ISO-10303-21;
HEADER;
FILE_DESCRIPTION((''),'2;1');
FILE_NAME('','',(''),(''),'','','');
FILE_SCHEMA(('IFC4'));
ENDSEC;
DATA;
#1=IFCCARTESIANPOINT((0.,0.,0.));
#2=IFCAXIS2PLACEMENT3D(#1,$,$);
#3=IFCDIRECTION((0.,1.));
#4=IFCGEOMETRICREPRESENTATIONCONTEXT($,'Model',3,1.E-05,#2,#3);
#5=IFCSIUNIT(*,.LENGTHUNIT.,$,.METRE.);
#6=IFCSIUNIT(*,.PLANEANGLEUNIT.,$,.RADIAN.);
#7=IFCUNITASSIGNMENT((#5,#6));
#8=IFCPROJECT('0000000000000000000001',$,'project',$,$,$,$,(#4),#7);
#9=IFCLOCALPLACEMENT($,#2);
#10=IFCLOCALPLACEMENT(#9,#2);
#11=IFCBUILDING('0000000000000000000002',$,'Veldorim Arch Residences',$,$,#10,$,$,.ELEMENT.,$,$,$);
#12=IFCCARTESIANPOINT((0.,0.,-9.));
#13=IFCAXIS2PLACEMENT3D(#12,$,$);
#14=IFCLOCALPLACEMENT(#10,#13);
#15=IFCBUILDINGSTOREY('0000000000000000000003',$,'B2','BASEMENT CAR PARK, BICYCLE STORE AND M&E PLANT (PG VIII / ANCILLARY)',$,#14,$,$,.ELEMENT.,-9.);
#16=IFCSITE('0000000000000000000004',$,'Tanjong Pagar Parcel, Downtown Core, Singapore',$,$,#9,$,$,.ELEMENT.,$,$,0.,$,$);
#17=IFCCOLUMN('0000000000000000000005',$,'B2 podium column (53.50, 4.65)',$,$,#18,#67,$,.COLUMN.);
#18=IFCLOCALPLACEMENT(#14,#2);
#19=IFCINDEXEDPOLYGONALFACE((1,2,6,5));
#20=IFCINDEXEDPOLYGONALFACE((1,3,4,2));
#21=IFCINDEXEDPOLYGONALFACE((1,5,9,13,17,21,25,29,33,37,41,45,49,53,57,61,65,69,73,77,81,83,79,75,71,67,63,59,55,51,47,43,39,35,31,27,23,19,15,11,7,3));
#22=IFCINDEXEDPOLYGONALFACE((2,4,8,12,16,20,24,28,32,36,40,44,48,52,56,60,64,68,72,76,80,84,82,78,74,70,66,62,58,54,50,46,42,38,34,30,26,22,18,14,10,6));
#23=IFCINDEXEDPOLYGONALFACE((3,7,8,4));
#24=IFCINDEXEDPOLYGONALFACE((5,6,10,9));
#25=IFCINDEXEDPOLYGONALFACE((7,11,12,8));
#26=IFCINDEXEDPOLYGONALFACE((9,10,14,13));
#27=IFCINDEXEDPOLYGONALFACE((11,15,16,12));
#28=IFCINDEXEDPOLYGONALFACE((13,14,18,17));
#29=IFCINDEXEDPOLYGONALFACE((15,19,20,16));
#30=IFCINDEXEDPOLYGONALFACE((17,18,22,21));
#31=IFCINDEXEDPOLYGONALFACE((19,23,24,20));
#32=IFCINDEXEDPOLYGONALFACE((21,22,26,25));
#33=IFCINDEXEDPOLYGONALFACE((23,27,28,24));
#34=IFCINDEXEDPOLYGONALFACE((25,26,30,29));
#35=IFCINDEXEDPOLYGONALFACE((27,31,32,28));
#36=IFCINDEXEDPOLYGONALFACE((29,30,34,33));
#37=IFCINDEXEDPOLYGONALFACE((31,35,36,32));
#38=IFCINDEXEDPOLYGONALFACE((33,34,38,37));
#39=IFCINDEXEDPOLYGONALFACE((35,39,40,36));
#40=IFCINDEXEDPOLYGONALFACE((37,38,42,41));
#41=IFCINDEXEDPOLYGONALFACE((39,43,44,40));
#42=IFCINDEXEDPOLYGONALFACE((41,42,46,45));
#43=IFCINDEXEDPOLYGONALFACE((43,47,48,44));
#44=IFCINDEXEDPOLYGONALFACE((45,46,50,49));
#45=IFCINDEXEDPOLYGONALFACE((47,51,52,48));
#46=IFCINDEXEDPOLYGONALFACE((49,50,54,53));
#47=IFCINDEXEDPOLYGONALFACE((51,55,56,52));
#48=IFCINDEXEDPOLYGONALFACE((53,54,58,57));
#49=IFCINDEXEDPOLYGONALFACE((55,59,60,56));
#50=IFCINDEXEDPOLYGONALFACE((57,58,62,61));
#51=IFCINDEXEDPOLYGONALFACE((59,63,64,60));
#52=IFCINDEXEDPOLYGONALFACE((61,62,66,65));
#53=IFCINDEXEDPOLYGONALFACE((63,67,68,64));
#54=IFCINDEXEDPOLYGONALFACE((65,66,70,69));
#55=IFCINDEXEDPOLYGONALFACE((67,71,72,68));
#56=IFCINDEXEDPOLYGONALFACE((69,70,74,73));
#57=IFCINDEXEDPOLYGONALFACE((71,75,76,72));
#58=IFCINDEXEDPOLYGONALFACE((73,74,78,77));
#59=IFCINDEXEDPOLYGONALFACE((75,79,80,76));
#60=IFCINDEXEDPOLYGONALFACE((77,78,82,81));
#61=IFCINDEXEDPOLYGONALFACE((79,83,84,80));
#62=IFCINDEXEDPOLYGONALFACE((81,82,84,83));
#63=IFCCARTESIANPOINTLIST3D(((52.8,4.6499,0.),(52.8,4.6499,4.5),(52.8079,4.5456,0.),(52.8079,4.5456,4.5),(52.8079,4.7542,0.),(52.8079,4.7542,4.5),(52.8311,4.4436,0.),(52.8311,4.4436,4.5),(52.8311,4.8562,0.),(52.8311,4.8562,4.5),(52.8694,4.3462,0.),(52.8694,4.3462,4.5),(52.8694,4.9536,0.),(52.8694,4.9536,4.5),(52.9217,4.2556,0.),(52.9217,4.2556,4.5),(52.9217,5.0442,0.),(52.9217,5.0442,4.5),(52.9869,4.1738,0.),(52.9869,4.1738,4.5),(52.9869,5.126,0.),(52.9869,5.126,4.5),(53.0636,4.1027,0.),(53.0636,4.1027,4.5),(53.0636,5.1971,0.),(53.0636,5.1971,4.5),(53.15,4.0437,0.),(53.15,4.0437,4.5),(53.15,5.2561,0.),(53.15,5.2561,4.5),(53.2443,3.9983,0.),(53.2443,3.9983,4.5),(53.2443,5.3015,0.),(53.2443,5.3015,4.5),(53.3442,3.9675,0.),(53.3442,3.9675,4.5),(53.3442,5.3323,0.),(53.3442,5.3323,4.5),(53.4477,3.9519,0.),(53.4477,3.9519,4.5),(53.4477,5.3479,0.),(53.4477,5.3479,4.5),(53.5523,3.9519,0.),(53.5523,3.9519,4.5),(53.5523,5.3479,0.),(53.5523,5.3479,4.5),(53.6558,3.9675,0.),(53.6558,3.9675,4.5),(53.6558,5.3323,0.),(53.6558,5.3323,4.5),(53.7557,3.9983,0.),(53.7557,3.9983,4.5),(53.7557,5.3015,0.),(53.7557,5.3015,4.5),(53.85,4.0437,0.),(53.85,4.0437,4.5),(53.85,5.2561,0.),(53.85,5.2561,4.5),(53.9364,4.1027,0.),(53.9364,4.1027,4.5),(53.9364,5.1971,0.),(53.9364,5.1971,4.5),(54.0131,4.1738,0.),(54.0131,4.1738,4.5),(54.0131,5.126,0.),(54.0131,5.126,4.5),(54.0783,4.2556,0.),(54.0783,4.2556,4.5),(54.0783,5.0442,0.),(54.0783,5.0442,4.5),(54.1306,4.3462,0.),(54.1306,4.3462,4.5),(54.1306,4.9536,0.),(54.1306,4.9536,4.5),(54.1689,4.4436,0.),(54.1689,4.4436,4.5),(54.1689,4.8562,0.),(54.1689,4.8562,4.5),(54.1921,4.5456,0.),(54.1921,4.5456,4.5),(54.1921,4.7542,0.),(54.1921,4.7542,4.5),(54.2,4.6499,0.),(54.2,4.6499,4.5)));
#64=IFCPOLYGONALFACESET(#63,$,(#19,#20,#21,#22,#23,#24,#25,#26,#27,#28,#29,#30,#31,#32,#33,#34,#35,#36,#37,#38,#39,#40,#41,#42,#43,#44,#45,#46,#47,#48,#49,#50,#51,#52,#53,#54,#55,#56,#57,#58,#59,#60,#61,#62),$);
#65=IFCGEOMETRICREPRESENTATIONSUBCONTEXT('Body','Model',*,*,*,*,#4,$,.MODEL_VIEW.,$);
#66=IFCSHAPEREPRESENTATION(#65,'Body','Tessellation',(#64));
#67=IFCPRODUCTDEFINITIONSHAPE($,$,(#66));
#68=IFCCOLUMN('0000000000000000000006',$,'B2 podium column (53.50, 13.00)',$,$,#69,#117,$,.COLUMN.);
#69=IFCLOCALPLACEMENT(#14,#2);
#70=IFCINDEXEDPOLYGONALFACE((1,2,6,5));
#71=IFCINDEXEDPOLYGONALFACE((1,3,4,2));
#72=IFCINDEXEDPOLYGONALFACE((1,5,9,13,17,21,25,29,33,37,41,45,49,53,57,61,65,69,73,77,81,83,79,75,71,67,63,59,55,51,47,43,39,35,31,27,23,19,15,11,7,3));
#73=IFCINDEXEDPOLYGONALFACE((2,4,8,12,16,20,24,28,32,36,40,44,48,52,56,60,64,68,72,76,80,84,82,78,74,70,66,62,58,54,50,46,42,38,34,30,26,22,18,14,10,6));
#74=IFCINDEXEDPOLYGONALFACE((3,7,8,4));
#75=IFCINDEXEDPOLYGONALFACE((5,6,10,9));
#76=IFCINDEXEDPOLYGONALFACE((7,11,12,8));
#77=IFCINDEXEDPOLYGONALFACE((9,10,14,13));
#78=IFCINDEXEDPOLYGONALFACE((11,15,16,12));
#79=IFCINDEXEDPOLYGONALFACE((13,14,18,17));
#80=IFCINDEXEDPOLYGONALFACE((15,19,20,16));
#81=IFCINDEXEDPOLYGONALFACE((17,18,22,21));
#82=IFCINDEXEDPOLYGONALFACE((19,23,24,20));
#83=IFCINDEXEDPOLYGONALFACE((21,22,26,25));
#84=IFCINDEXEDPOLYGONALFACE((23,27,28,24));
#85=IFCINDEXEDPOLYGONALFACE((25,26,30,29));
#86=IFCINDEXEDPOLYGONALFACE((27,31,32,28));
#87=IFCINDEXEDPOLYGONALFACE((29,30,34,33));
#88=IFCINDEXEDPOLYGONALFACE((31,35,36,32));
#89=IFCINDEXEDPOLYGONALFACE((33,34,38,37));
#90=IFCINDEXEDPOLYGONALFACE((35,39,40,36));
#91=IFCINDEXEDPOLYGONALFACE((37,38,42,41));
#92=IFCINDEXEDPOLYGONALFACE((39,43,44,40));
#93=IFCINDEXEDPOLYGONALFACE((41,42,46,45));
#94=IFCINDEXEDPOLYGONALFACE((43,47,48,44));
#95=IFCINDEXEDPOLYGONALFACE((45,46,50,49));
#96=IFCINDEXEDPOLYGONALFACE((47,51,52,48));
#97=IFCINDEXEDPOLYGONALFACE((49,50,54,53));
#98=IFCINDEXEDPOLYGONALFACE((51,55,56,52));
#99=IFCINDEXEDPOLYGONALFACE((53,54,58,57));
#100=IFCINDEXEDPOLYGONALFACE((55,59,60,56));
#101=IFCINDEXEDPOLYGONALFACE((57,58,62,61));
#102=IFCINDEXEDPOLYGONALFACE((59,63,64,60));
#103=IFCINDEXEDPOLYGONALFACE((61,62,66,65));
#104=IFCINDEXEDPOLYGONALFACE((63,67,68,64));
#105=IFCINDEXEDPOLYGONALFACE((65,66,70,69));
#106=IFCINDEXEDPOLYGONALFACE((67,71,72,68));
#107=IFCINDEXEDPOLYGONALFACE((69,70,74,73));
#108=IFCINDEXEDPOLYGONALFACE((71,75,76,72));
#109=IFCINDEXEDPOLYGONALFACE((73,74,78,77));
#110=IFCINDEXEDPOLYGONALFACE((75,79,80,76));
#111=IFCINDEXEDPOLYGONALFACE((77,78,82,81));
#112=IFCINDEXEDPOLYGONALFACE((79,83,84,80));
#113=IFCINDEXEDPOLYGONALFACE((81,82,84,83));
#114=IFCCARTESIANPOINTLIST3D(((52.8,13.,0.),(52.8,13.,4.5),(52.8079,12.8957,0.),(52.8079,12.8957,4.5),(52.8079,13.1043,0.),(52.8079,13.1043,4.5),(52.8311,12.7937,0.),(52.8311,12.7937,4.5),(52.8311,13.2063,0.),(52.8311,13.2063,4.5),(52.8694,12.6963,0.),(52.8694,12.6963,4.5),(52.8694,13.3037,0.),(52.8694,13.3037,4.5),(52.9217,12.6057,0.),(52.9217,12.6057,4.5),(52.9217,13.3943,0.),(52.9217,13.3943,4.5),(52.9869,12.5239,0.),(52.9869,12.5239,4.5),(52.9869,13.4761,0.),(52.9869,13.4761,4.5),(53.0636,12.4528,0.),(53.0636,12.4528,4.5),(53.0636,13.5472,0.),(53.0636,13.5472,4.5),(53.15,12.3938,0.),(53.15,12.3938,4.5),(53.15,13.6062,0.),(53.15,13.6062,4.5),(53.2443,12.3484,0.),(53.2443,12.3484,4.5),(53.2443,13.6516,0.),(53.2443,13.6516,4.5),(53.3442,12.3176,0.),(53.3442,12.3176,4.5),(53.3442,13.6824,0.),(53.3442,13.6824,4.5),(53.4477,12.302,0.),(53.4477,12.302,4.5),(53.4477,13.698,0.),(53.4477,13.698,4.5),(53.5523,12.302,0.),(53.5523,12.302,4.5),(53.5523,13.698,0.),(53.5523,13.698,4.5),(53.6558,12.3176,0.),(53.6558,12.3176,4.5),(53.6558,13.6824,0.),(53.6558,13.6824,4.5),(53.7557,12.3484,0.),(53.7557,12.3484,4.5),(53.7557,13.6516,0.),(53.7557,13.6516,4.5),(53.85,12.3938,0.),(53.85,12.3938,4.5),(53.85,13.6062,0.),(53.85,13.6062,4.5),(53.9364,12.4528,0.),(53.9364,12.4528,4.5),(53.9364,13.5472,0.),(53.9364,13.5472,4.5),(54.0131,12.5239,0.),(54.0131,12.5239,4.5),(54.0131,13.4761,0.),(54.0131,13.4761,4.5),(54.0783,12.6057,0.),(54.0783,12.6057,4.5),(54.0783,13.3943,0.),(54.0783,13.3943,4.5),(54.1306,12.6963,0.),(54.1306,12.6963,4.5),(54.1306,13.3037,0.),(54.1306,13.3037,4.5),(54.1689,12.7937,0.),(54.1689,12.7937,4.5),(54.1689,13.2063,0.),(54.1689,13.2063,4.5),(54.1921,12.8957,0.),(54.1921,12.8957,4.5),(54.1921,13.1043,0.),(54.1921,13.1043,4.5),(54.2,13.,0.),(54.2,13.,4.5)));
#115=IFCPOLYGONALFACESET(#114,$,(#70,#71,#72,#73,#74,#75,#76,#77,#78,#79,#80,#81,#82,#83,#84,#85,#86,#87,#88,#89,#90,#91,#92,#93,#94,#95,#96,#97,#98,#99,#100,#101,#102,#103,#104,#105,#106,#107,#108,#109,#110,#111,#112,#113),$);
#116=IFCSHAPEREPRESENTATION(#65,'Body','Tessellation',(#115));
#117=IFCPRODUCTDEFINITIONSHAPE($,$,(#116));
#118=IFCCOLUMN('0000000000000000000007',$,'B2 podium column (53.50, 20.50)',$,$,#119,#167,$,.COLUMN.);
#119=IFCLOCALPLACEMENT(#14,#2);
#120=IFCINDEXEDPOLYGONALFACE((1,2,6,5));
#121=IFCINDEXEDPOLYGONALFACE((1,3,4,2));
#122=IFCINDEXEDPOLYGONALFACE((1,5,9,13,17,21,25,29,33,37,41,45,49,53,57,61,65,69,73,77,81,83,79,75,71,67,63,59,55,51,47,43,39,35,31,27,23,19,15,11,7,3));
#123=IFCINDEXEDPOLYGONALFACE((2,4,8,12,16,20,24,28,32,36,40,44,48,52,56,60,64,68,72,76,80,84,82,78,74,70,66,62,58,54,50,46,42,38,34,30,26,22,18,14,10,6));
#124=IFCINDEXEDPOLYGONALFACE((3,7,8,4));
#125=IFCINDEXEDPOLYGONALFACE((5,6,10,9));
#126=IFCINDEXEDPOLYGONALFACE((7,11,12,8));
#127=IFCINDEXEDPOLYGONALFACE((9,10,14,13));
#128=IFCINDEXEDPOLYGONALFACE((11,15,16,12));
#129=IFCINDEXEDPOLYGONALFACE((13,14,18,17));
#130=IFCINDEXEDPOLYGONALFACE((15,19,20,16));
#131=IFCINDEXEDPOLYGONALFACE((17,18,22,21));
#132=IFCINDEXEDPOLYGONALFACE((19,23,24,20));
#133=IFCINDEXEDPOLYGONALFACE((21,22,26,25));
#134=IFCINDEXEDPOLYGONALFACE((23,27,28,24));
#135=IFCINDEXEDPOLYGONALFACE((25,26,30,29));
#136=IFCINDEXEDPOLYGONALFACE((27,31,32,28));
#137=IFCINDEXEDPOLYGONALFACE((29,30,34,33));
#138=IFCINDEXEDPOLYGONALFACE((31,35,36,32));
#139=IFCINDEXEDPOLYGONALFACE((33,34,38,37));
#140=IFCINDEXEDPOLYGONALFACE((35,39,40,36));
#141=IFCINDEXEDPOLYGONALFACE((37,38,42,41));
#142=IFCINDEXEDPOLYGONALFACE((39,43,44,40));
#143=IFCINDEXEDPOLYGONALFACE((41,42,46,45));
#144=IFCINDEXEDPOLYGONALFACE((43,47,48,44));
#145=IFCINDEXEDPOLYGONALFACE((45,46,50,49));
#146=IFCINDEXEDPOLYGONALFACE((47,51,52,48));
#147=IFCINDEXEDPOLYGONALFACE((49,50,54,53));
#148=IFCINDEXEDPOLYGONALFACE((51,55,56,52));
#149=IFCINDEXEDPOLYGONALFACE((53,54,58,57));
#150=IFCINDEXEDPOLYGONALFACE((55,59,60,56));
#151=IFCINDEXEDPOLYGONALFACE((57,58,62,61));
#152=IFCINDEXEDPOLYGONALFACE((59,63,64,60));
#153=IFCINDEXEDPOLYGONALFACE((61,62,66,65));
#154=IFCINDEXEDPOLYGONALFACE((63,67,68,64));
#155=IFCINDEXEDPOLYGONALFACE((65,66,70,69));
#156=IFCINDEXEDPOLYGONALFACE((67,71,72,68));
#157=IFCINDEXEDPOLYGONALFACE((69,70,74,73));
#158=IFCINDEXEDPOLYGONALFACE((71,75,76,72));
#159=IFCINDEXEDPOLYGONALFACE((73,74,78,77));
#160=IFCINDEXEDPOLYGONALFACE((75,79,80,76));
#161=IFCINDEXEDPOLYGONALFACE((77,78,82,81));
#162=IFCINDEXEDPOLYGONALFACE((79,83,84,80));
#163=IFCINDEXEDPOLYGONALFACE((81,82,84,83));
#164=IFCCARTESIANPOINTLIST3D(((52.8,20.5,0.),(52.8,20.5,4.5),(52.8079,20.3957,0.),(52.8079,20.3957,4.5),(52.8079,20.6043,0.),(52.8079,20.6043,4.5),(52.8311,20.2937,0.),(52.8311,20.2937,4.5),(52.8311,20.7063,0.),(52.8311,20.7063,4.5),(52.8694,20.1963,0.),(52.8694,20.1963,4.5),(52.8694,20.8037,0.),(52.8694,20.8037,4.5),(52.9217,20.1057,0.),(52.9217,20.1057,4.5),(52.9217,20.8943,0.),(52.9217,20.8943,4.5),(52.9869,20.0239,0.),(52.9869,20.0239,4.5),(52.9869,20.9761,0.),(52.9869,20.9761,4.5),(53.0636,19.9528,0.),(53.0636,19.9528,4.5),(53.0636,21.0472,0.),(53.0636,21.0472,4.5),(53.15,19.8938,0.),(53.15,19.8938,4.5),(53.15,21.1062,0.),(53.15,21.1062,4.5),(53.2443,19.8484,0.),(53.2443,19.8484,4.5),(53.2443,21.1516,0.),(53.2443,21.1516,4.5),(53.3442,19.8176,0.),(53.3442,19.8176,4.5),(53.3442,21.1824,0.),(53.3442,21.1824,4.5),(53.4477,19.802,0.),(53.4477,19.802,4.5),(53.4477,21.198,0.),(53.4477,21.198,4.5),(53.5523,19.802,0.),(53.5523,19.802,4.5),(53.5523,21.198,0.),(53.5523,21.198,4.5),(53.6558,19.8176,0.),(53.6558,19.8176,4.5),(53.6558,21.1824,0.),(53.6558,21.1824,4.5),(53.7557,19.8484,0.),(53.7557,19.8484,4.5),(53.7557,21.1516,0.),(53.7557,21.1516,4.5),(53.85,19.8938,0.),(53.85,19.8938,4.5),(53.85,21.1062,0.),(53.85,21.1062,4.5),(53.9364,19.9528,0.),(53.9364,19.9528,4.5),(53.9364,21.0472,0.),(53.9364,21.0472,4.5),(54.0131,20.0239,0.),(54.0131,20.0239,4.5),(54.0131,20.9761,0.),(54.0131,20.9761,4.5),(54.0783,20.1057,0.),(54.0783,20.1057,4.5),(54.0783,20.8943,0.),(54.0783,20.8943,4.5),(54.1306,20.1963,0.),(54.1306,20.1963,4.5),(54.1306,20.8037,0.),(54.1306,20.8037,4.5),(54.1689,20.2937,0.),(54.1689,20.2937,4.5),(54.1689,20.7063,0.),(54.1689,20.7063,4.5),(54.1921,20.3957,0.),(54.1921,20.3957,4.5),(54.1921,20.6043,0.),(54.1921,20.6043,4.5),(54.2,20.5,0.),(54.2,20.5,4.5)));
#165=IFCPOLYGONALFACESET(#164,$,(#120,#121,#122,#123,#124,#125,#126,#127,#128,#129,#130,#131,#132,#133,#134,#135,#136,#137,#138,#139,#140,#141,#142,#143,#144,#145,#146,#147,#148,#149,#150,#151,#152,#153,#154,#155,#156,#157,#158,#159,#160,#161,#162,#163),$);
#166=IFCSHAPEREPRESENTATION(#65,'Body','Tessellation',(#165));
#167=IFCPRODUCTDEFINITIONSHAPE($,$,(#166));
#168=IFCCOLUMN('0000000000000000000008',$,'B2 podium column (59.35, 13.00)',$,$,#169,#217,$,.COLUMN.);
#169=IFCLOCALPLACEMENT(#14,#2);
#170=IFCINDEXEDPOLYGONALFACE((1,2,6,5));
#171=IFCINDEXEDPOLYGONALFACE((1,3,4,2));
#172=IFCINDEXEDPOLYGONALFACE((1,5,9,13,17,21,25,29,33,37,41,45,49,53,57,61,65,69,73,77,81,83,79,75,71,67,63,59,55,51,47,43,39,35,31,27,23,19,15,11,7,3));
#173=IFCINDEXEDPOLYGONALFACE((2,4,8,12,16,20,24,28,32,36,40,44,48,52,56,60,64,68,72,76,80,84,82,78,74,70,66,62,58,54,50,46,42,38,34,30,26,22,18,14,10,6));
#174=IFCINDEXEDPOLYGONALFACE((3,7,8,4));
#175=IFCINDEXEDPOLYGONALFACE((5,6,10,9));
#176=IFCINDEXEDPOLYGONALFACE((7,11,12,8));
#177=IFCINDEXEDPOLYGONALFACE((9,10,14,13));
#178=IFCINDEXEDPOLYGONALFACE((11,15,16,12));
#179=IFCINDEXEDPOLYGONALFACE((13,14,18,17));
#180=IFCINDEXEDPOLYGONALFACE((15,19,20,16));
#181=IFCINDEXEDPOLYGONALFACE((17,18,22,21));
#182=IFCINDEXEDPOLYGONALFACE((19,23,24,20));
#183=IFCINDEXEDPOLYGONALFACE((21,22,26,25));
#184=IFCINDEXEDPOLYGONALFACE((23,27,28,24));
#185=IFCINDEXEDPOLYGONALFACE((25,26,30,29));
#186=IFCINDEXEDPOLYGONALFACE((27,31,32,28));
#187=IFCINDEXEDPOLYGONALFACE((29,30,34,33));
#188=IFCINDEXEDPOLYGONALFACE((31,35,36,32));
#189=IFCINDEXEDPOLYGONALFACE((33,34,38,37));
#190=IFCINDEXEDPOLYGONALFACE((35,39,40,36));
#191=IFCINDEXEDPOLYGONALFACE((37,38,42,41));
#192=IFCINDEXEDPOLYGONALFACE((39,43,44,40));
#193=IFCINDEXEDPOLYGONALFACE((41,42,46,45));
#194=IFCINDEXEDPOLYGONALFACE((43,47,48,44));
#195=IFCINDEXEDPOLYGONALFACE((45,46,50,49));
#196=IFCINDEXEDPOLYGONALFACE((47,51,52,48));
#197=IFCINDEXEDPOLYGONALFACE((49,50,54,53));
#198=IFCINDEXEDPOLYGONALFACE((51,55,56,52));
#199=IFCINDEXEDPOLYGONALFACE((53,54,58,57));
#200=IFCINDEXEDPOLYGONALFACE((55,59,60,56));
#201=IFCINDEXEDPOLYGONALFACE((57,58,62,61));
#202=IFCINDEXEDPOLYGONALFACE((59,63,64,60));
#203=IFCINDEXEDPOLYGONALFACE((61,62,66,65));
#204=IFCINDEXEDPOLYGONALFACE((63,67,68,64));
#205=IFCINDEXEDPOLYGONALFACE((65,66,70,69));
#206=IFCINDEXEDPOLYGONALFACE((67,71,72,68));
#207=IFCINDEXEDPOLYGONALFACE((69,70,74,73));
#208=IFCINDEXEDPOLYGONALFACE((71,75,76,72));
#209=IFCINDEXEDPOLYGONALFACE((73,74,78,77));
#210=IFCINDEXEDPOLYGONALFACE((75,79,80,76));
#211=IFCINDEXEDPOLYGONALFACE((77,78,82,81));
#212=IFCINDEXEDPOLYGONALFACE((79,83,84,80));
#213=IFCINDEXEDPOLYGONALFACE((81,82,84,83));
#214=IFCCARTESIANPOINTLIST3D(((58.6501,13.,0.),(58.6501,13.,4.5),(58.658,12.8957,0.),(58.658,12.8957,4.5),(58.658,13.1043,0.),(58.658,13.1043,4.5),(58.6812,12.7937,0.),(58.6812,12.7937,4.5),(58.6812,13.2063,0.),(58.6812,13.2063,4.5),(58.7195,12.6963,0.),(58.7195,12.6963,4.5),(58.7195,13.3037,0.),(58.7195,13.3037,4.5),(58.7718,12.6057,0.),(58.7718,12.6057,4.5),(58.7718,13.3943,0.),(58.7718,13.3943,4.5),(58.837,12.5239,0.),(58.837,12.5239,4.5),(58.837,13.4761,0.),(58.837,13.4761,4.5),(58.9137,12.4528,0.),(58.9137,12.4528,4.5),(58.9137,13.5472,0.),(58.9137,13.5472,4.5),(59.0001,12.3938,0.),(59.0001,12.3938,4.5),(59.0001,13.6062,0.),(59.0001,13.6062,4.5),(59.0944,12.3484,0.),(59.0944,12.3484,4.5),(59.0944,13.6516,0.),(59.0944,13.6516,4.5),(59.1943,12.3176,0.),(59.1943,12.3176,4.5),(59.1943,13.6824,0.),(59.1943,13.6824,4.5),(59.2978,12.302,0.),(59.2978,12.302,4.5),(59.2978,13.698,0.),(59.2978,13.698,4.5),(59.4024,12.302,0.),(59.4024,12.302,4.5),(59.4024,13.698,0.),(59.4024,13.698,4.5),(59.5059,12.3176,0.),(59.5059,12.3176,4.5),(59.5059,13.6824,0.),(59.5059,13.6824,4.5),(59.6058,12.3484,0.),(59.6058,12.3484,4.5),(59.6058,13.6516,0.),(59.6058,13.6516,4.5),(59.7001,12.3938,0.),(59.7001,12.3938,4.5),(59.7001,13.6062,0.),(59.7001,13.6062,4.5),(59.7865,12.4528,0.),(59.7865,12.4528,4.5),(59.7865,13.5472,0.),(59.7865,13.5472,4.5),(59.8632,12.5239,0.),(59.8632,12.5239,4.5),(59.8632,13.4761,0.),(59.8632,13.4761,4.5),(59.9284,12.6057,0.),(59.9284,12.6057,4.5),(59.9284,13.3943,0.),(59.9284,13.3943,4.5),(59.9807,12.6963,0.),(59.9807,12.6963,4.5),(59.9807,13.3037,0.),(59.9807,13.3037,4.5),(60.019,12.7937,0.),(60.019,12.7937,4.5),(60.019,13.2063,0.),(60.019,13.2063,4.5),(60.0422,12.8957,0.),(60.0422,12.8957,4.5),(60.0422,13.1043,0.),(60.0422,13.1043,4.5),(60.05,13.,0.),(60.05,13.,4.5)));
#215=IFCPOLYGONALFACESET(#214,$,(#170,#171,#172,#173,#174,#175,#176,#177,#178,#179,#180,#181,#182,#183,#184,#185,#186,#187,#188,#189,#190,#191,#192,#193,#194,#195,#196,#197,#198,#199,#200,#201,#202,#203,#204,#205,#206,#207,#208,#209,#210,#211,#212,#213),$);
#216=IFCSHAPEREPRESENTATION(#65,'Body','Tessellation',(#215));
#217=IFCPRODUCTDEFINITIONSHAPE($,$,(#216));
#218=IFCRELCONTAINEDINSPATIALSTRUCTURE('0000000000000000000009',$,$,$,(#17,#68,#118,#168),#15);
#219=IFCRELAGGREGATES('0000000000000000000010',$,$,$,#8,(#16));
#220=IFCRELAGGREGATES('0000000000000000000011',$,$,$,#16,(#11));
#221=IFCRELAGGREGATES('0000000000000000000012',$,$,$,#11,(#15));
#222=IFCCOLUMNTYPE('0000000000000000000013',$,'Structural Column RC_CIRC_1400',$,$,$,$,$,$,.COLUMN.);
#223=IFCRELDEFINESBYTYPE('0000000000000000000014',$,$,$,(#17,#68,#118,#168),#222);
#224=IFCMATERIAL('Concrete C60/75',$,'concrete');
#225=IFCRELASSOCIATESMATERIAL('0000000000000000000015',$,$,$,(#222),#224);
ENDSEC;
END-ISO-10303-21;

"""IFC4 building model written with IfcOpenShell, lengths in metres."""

from ifc_helpers import new_model, si_unit, direction, frame, origin, origin_2d, place, context, subcontext, project, spatial, circle, extrude, material, material_profile, profile_set, type_object, element, save


model = new_model("IFC4")

# Units and contexts
model_context = context("Model", 3, precision=1e-05, world=origin(), true_north=direction((0.0, 1.0)))
body_context = subcontext(model_context, "Body", "Model", "MODEL_VIEW")
ifc_project = project(units=[si_unit("LENGTHUNIT", "METRE"), si_unit("PLANEANGLEUNIT", "RADIAN")], contexts=[model_context])

# Site, building, storey
site_placement = place(None, origin())
site = spatial("IfcSite", under=ifc_project, at=site_placement, Name="Tanjong Pagar Parcel, Downtown Core, Singapore", CompositionType="ELEMENT", RefElevation=0.0)
building_placement = place(site_placement, origin())
building = spatial("IfcBuilding", under=site, at=building_placement, Name="Veldorim Arch Residences", CompositionType="ELEMENT")
storey_placement = place(building_placement, frame((0.0, 0.0, -9.0)))
storey = spatial("IfcBuildingStorey", under=building, at=storey_placement, Name="B2", Description="BASEMENT CAR PARK, BICYCLE STORE AND M&E PLANT (PG VIII / ANCILLARY)", CompositionType="ELEMENT", Elevation=-9.0)

# Columns
ifc_material_1 = material(Name="Concrete C60/75", Category="concrete")
ifc_material_profile_1 = material_profile(ifc_material_1, circle(Radius=0.7, at=origin_2d()), Name="RC_CIRC_1400")
ifc_profile_set_1 = profile_set([ifc_material_profile_1], Name="Concrete C60/75")
column_type_1 = type_object("IfcColumnType", Name="Structural Column RC_CIRC_1400", PredefinedType="COLUMN", material=ifc_profile_set_1)
for number, where, z_axis, x_axis, name in (
    (1, (53.5, 4.6499, 0.0), (0.0, 0.0, 1.0), (1.0, 0.0, 0.0), "B2 podium column (53.50, 4.65)"),
    (2, (53.5, 13.0, 0.0), (0.0, 0.0, 1.0), (1.0, 0.0, 0.0), "B2 podium column (53.50, 13.00)"),
    (3, (53.5, 20.5, 0.0), (0.0, 0.0, 1.0), (1.0, 0.0, 0.0), "B2 podium column (53.50, 20.50)"),
    (4, (59.3501, 13.0, 0.0), (0.0, 0.0, 1.0), (1.0, 0.0, 0.0), "B2 podium column (59.35, 13.00)"),
):
    element("IfcColumn", number, at=place(storey_placement, frame(where, z_axis=z_axis, x_axis=x_axis)), inside=storey, type_object=column_type_1, Name=name, PredefinedType="COLUMN", context=body_context, shape_type="SweptSolid", body=[
        extrude(circle(Radius=0.7, at=origin_2d()), origin(), (0.0, 0.0, 1.0), 4.5),
    ])

save(model, "model.ifc")
